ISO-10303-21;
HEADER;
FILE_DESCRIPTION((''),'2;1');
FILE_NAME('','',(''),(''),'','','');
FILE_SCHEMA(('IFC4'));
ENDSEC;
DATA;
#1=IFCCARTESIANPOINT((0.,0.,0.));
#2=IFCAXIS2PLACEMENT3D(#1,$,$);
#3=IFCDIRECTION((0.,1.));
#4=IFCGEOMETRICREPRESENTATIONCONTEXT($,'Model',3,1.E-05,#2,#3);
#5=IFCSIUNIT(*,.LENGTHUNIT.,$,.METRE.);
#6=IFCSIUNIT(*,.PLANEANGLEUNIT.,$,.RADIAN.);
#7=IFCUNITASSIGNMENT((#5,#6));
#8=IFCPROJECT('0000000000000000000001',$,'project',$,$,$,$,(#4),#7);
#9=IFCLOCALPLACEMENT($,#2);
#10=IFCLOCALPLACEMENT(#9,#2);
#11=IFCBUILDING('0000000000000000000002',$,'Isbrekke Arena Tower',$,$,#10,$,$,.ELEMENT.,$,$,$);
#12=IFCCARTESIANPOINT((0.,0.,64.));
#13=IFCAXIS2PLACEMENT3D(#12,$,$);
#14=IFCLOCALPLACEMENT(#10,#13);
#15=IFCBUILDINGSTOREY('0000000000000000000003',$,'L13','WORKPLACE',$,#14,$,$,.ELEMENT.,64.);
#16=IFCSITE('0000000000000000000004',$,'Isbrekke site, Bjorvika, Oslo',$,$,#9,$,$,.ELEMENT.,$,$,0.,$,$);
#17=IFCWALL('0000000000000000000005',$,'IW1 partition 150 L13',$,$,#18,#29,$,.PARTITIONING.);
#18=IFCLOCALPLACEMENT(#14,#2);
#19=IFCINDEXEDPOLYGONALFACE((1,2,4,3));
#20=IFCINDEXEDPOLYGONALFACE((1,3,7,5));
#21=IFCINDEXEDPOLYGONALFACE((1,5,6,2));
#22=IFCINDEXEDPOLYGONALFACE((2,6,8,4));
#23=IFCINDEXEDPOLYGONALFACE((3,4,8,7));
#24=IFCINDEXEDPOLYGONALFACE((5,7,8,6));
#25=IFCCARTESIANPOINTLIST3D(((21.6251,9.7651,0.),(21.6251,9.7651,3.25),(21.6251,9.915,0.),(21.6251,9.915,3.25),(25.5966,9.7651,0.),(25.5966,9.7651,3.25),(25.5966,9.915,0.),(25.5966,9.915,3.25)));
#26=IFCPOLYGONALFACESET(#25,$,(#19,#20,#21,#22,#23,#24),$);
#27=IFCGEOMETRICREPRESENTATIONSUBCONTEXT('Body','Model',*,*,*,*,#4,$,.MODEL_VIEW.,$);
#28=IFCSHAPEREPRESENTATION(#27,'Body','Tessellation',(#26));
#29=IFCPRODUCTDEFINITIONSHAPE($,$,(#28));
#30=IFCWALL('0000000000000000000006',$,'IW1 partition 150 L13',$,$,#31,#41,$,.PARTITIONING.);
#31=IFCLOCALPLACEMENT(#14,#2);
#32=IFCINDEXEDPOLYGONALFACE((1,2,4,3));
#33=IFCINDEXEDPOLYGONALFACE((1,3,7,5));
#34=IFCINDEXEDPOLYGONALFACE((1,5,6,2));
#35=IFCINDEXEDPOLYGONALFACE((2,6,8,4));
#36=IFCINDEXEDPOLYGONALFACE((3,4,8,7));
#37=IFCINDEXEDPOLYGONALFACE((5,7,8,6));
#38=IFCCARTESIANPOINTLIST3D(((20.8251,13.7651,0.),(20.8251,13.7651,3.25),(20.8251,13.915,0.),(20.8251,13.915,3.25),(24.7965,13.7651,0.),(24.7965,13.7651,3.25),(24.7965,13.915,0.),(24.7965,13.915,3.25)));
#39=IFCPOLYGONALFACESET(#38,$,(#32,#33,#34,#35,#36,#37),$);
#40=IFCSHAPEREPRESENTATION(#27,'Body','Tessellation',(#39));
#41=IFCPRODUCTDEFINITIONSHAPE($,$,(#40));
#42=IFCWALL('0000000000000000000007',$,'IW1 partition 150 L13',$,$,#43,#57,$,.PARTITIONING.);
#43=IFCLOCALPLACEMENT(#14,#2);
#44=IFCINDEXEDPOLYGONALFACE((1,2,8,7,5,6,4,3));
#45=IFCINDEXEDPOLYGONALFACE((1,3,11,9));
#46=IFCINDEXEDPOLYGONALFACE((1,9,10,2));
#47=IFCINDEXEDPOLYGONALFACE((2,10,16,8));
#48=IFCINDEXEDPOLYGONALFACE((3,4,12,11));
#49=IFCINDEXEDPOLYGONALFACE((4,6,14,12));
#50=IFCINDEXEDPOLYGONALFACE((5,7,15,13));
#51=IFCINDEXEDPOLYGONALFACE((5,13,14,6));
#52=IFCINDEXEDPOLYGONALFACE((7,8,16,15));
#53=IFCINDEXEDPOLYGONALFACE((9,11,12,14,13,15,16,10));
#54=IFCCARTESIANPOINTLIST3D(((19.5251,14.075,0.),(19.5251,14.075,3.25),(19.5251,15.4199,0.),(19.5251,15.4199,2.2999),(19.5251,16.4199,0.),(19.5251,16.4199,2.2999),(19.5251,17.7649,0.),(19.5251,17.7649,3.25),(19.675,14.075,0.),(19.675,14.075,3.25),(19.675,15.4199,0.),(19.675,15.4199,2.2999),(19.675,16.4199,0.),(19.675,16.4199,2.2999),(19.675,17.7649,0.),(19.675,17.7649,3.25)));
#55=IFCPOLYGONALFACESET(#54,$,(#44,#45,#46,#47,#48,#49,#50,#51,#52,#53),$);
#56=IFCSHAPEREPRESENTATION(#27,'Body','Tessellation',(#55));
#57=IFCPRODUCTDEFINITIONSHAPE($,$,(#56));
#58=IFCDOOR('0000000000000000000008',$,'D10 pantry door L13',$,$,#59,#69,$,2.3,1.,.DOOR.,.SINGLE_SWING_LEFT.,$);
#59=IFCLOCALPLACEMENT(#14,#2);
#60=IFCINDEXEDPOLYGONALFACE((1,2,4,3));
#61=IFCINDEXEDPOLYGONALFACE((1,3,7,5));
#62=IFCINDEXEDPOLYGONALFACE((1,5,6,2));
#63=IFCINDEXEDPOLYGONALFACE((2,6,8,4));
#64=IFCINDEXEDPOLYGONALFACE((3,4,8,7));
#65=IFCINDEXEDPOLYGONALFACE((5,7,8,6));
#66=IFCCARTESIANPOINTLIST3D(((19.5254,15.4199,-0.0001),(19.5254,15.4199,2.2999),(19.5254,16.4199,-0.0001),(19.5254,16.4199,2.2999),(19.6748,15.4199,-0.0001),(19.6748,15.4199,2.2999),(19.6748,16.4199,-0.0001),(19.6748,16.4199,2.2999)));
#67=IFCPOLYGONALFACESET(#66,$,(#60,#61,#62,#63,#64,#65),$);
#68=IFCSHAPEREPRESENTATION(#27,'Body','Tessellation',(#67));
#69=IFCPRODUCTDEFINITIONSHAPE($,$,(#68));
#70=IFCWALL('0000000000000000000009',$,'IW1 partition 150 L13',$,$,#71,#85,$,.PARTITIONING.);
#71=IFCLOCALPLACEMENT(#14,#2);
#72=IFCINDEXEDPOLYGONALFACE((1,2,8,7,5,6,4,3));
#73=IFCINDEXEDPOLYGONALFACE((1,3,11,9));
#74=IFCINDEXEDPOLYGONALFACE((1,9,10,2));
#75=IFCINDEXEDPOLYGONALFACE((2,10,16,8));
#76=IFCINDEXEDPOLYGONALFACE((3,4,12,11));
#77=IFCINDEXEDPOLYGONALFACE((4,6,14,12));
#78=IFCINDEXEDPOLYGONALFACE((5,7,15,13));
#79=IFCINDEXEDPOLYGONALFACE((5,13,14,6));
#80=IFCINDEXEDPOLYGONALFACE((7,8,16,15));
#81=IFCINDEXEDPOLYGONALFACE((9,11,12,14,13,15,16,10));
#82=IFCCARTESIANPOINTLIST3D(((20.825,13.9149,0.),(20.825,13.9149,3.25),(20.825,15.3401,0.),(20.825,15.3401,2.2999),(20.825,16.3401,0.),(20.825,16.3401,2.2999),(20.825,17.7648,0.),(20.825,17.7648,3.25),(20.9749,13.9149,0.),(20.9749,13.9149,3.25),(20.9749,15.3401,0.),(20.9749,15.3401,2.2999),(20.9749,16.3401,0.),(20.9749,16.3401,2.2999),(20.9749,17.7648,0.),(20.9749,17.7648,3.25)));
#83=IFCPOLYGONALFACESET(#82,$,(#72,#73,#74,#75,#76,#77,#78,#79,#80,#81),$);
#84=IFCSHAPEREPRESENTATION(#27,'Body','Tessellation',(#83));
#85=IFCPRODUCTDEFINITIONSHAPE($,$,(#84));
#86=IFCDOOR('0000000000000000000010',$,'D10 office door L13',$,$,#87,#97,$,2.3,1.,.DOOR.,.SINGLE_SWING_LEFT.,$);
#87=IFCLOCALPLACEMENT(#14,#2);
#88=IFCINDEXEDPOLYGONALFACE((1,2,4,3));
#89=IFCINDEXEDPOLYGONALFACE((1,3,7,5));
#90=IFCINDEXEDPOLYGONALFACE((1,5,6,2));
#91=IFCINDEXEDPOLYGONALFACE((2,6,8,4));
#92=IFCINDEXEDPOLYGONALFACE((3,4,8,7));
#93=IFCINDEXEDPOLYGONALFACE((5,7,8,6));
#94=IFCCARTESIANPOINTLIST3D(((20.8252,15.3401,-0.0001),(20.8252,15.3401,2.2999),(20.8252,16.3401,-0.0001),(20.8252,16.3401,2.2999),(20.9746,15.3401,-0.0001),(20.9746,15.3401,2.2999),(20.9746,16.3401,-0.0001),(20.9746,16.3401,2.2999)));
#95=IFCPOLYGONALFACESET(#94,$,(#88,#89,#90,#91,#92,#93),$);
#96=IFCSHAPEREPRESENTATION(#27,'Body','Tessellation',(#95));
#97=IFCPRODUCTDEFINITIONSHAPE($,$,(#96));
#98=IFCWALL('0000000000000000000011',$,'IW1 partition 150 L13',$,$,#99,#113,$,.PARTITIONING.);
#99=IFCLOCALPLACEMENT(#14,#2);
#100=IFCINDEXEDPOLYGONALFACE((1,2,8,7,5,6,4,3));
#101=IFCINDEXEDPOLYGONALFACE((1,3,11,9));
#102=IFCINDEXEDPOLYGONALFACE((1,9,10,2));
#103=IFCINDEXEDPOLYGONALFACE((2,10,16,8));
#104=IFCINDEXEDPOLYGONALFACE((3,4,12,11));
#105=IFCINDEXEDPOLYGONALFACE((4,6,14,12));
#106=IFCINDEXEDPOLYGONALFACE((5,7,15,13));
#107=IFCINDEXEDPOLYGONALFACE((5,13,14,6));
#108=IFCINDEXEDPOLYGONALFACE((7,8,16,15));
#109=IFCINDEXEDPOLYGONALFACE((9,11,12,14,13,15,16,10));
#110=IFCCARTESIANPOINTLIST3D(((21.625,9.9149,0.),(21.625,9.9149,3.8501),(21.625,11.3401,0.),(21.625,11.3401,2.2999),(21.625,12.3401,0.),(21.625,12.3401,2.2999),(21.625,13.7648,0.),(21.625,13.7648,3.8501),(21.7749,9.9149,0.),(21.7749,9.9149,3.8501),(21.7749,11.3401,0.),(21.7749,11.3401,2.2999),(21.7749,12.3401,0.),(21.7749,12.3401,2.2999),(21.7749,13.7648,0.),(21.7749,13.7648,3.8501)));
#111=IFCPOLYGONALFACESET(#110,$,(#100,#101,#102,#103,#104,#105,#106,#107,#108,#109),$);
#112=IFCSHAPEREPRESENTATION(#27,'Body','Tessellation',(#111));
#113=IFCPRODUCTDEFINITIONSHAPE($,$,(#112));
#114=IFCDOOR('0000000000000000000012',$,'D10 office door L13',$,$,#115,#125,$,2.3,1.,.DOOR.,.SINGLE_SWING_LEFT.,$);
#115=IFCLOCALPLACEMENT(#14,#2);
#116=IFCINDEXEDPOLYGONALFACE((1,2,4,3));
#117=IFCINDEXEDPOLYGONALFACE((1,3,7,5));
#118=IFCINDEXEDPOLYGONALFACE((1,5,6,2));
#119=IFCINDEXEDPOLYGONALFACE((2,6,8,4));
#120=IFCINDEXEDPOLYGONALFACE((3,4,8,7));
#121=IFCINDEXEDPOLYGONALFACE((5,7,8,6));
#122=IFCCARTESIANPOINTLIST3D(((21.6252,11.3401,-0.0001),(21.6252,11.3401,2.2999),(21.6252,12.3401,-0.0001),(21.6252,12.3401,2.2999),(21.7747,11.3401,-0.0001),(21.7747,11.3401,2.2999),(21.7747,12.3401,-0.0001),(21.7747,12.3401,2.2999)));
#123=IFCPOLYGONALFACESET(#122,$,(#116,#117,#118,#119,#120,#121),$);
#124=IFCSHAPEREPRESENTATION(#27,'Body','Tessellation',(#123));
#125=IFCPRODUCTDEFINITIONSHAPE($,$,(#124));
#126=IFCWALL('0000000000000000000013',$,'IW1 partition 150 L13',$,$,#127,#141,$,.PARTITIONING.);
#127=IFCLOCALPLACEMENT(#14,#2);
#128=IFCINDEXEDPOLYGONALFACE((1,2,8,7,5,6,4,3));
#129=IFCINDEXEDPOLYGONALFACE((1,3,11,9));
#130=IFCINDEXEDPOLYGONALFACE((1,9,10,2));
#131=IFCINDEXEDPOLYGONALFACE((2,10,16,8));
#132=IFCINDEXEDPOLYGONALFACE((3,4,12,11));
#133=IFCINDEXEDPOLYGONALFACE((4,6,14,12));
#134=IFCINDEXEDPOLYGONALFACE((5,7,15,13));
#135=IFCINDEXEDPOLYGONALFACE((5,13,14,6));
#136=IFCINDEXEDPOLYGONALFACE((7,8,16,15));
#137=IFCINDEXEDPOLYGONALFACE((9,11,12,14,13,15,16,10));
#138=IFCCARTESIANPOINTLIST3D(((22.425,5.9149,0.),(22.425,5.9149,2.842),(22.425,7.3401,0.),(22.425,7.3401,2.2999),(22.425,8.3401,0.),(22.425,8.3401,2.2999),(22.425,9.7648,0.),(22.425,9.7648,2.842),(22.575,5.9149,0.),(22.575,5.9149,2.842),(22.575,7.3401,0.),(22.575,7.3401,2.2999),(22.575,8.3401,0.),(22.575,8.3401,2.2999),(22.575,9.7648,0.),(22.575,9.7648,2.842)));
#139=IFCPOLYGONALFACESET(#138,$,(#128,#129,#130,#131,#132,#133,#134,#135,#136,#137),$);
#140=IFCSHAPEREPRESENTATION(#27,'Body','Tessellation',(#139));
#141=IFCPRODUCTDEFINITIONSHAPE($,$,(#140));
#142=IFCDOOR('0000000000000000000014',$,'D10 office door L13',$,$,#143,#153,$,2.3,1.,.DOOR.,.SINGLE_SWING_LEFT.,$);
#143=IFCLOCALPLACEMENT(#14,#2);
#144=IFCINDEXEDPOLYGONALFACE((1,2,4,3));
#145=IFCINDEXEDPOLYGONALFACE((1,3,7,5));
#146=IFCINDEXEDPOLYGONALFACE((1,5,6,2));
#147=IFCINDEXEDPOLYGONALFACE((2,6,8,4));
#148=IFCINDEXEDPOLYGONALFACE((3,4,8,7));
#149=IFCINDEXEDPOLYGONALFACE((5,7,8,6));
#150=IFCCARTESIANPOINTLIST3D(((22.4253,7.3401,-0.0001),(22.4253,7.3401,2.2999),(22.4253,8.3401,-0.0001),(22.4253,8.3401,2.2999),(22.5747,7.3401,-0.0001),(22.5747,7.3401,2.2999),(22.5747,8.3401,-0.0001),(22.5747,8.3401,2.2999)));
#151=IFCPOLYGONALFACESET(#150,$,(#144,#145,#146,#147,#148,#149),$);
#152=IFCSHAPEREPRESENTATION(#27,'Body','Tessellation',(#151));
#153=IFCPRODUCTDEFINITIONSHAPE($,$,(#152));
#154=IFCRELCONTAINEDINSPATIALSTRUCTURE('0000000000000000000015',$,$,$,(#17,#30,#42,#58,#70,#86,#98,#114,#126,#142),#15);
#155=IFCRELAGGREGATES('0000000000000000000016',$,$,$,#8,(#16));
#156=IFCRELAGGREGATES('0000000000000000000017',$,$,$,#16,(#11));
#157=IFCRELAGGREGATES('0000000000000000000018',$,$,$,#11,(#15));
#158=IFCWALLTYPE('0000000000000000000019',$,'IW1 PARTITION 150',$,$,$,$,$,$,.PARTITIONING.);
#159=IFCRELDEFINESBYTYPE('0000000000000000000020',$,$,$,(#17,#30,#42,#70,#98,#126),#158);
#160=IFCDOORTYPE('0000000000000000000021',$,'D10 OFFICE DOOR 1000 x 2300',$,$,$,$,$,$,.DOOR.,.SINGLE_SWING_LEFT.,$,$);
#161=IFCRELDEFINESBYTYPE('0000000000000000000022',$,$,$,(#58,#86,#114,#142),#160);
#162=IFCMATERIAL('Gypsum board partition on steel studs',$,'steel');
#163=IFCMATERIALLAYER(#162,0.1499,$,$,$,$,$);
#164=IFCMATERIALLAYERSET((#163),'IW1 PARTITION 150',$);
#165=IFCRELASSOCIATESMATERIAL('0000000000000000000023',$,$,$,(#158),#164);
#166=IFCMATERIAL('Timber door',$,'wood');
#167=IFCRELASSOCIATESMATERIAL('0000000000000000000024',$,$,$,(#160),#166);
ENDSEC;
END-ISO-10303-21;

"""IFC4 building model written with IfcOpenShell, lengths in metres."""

from ifc_helpers import new_model, si_unit, direction, frame, frame_2d, origin, place, context, subcontext, project, spatial, rectangle, extrude, material, layer, layer_set, type_object, element, fill, save


model = new_model("IFC4")

# Units and contexts
model_context = context("Model", 3, precision=1e-05, world=origin(), true_north=direction((0.0, 1.0)))
body_context = subcontext(model_context, "Body", "Model", "MODEL_VIEW")
ifc_project = project(units=[si_unit("LENGTHUNIT", "METRE"), si_unit("PLANEANGLEUNIT", "RADIAN")], contexts=[model_context])

# Site, building, storey
site_placement = place(None, origin())
site = spatial("IfcSite", under=ifc_project, at=site_placement, Name="Isbrekke site, Bjorvika, Oslo", CompositionType="ELEMENT", RefElevation=0.0)
building_placement = place(site_placement, origin())
building = spatial("IfcBuilding", under=site, at=building_placement, Name="Isbrekke Arena Tower", CompositionType="ELEMENT")
storey_placement = place(building_placement, frame((0.0, 0.0, 64.0)))
storey = spatial("IfcBuildingStorey", under=building, at=storey_placement, Name="L13", Description="WORKPLACE", CompositionType="ELEMENT", Elevation=64.0)

# Walls
ifc_material_1 = material(Name="Gypsum board partition on steel studs", Category="steel")
ifc_layer_1 = layer(ifc_material_1, 0.1499)
ifc_layer_set_1 = layer_set([ifc_layer_1], Name="IW1 PARTITION 150")
wall_type = type_object("IfcWallType", Name="IW1 PARTITION 150", PredefinedType="PARTITIONING", material=ifc_layer_set_1)
for number, where, z_axis, x_axis, name in (
    (1, (21.625, 9.8401, 0.0), (0.0, 0.0, 1.0), (1.0, 0.0, 0.0), "IW1 partition 150 L13"),
    (2, (20.825, 13.8401, 0.0), (0.0, 0.0, 1.0), (1.0, 0.0, 0.0), "IW1 partition 150 L13"),
):
    element("IfcWall", number, at=place(storey_placement, frame(where, z_axis=z_axis, x_axis=x_axis)), inside=storey, type_object=wall_type, Name=name, PredefinedType="PARTITIONING", context=body_context, shape_type="SweptSolid", body=[
        extrude(rectangle(XDim=3.9714, YDim=0.1499, at=frame_2d((1.9858, 0.0))), origin(), (0.0, 0.0, 1.0), 3.25),
    ])

# Walls, openings, doors
wall_1_placement = place(storey_placement, frame((19.6001, 14.075, 0.0), z_axis=(0.0, 0.0, 1.0), x_axis=(0.0, 1.0, 0.0)))
wall_1 = element("IfcWall", 3, at=wall_1_placement, inside=storey, type_object=wall_type, Name="IW1 partition 150 L13", PredefinedType="PARTITIONING", context=body_context, shape_type="SweptSolid", body=[
    extrude(rectangle(XDim=3.6899, YDim=0.1499, at=frame_2d((1.845, 0.0))), origin(), (0.0, 0.0, 1.0), 3.25),
])
opening_1_placement = place(wall_1_placement, frame((1.345, 0.0, 0.0)))
opening_1 = element("IfcOpeningElement", 4, at=opening_1_placement, cuts=wall_1, PredefinedType="OPENING", context=body_context, shape_type="SweptSolid", body=[
    extrude(rectangle(XDim=1.0, YDim=2.3, at=frame_2d((0.5, 1.1499))), frame((0.0, 0.0898, 0.0), z_axis=(0.0, -1.0, 0.0), x_axis=(1.0, 0.0, 0.0)), (0.0, 0.0, 1.0), 0.1797),
])
ifc_material_2 = material(Name="Timber door", Category="wood")
door_type = type_object("IfcDoorType", Name="D10 OFFICE DOOR 1000 x 2300", OperationType="SINGLE_SWING_LEFT", PredefinedType="DOOR", material=ifc_material_2)
door_1_placement = place(opening_1_placement, origin())
door_1 = element("IfcDoor", 5, at=door_1_placement, inside=storey, type_object=door_type, Name="D10 pantry door L13", OperationType="SINGLE_SWING_LEFT", OverallHeight=2.3, OverallWidth=1.0, PredefinedType="DOOR", context=body_context, shape_type="SweptSolid", body=[
    extrude(rectangle(XDim=1.0, YDim=2.3, at=frame_2d((0.5, 1.1499))), frame((0.0, 0.0747, 0.0), z_axis=(0.0, -1.0, 0.0), x_axis=(1.0, 0.0, 0.0)), (0.0, 0.0, 1.0), 0.1494),
])
fill(opening_1, door_1)
wall_2_placement = place(storey_placement, frame((20.8999, 13.915, 0.0), z_axis=(0.0, 0.0, 1.0), x_axis=(0.0, 1.0, 0.0)))
wall_2 = element("IfcWall", 6, at=wall_2_placement, inside=storey, type_object=wall_type, Name="IW1 partition 150 L13", PredefinedType="PARTITIONING", context=body_context, shape_type="SweptSolid", body=[
    extrude(rectangle(XDim=3.8499, YDim=0.1499, at=frame_2d((1.9248, 0.0))), origin(), (0.0, 0.0, 1.0), 3.25),
])
opening_2_placement = place(wall_2_placement, frame((1.425, 0.0, 0.0)))
opening_2 = element("IfcOpeningElement", 7, at=opening_2_placement, cuts=wall_2, PredefinedType="OPENING", context=body_context, shape_type="SweptSolid", body=[
    extrude(rectangle(XDim=1.0, YDim=2.3, at=frame_2d((0.5, 1.1499))), frame((0.0, 0.0898, 0.0), z_axis=(0.0, -1.0, 0.0), x_axis=(1.0, 0.0, 0.0)), (0.0, 0.0, 1.0), 0.1797),
])
door_2_placement = place(opening_2_placement, origin())
door_2 = element("IfcDoor", 8, at=door_2_placement, inside=storey, type_object=door_type, Name="D10 office door L13", OperationType="SINGLE_SWING_LEFT", OverallHeight=2.3, OverallWidth=1.0, PredefinedType="DOOR", context=body_context, shape_type="SweptSolid", body=[
    extrude(rectangle(XDim=1.0, YDim=2.3, at=frame_2d((0.5, 1.1499))), frame((0.0, 0.0747, 0.0), z_axis=(0.0, -1.0, 0.0), x_axis=(1.0, 0.0, 0.0)), (0.0, 0.0, 1.0), 0.1494),
])
fill(opening_2, door_2)
wall_3_placement = place(storey_placement, frame((21.7, 9.915, 0.0), z_axis=(0.0, 0.0, 1.0), x_axis=(0.0, 1.0, 0.0)))
wall_3 = element("IfcWall", 9, at=wall_3_placement, inside=storey, type_object=wall_type, Name="IW1 partition 150 L13", PredefinedType="PARTITIONING", context=body_context, shape_type="SweptSolid", body=[
    extrude(rectangle(XDim=3.8499, YDim=0.1499, at=frame_2d((1.9248, 0.0))), origin(), (0.0, 0.0, 1.0), 3.8501),
])
opening_3_placement = place(wall_3_placement, frame((1.425, 0.0, 0.0)))
opening_3 = element("IfcOpeningElement", 10, at=opening_3_placement, cuts=wall_3, PredefinedType="OPENING", context=body_context, shape_type="SweptSolid", body=[
    extrude(rectangle(XDim=1.0, YDim=2.3, at=frame_2d((0.5, 1.1499))), frame((0.0, 0.0898, 0.0), z_axis=(0.0, -1.0, 0.0), x_axis=(1.0, 0.0, 0.0)), (0.0, 0.0, 1.0), 0.1797),
])
door_3_placement = place(opening_3_placement, origin())
door_3 = element("IfcDoor", 11, at=door_3_placement, inside=storey, type_object=door_type, Name="D10 office door L13", OperationType="SINGLE_SWING_LEFT", OverallHeight=2.3, OverallWidth=1.0, PredefinedType="DOOR", context=body_context, shape_type="SweptSolid", body=[
    extrude(rectangle(XDim=1.0, YDim=2.3, at=frame_2d((0.5, 1.1499))), frame((0.0, 0.0747, 0.0), z_axis=(0.0, -1.0, 0.0), x_axis=(1.0, 0.0, 0.0)), (0.0, 0.0, 1.0), 0.1494),
])
fill(opening_3, door_3)
wall_4_placement = place(storey_placement, frame((22.5, 5.915, 0.0), z_axis=(0.0, 0.0, 1.0), x_axis=(0.0, 1.0, 0.0)))
wall_4 = element("IfcWall", 12, at=wall_4_placement, inside=storey, type_object=wall_type, Name="IW1 partition 150 L13", PredefinedType="PARTITIONING", context=body_context, shape_type="SweptSolid", body=[
    extrude(rectangle(XDim=3.8499, YDim=0.1499, at=frame_2d((1.9248, 0.0))), origin(), (0.0, 0.0, 1.0), 2.842),
])
opening_4_placement = place(wall_4_placement, frame((1.425, 0.0, 0.0)))
opening_4 = element("IfcOpeningElement", 13, at=opening_4_placement, cuts=wall_4, PredefinedType="OPENING", context=body_context, shape_type="SweptSolid", body=[
    extrude(rectangle(XDim=1.0, YDim=2.3, at=frame_2d((0.5, 1.1499))), frame((0.0, 0.0898, 0.0), z_axis=(0.0, -1.0, 0.0), x_axis=(1.0, 0.0, 0.0)), (0.0, 0.0, 1.0), 0.1797),
])
door_4_placement = place(opening_4_placement, origin())
door_4 = element("IfcDoor", 14, at=door_4_placement, inside=storey, type_object=door_type, Name="D10 office door L13", OperationType="SINGLE_SWING_LEFT", OverallHeight=2.3, OverallWidth=1.0, PredefinedType="DOOR", context=body_context, shape_type="SweptSolid", body=[
    extrude(rectangle(XDim=1.0, YDim=2.3, at=frame_2d((0.5, 1.1499))), frame((0.0, 0.0747, 0.0), z_axis=(0.0, -1.0, 0.0), x_axis=(1.0, 0.0, 0.0)), (0.0, 0.0, 1.0), 0.1494),
])
fill(opening_4, door_4)

save(model, "model.ifc")
